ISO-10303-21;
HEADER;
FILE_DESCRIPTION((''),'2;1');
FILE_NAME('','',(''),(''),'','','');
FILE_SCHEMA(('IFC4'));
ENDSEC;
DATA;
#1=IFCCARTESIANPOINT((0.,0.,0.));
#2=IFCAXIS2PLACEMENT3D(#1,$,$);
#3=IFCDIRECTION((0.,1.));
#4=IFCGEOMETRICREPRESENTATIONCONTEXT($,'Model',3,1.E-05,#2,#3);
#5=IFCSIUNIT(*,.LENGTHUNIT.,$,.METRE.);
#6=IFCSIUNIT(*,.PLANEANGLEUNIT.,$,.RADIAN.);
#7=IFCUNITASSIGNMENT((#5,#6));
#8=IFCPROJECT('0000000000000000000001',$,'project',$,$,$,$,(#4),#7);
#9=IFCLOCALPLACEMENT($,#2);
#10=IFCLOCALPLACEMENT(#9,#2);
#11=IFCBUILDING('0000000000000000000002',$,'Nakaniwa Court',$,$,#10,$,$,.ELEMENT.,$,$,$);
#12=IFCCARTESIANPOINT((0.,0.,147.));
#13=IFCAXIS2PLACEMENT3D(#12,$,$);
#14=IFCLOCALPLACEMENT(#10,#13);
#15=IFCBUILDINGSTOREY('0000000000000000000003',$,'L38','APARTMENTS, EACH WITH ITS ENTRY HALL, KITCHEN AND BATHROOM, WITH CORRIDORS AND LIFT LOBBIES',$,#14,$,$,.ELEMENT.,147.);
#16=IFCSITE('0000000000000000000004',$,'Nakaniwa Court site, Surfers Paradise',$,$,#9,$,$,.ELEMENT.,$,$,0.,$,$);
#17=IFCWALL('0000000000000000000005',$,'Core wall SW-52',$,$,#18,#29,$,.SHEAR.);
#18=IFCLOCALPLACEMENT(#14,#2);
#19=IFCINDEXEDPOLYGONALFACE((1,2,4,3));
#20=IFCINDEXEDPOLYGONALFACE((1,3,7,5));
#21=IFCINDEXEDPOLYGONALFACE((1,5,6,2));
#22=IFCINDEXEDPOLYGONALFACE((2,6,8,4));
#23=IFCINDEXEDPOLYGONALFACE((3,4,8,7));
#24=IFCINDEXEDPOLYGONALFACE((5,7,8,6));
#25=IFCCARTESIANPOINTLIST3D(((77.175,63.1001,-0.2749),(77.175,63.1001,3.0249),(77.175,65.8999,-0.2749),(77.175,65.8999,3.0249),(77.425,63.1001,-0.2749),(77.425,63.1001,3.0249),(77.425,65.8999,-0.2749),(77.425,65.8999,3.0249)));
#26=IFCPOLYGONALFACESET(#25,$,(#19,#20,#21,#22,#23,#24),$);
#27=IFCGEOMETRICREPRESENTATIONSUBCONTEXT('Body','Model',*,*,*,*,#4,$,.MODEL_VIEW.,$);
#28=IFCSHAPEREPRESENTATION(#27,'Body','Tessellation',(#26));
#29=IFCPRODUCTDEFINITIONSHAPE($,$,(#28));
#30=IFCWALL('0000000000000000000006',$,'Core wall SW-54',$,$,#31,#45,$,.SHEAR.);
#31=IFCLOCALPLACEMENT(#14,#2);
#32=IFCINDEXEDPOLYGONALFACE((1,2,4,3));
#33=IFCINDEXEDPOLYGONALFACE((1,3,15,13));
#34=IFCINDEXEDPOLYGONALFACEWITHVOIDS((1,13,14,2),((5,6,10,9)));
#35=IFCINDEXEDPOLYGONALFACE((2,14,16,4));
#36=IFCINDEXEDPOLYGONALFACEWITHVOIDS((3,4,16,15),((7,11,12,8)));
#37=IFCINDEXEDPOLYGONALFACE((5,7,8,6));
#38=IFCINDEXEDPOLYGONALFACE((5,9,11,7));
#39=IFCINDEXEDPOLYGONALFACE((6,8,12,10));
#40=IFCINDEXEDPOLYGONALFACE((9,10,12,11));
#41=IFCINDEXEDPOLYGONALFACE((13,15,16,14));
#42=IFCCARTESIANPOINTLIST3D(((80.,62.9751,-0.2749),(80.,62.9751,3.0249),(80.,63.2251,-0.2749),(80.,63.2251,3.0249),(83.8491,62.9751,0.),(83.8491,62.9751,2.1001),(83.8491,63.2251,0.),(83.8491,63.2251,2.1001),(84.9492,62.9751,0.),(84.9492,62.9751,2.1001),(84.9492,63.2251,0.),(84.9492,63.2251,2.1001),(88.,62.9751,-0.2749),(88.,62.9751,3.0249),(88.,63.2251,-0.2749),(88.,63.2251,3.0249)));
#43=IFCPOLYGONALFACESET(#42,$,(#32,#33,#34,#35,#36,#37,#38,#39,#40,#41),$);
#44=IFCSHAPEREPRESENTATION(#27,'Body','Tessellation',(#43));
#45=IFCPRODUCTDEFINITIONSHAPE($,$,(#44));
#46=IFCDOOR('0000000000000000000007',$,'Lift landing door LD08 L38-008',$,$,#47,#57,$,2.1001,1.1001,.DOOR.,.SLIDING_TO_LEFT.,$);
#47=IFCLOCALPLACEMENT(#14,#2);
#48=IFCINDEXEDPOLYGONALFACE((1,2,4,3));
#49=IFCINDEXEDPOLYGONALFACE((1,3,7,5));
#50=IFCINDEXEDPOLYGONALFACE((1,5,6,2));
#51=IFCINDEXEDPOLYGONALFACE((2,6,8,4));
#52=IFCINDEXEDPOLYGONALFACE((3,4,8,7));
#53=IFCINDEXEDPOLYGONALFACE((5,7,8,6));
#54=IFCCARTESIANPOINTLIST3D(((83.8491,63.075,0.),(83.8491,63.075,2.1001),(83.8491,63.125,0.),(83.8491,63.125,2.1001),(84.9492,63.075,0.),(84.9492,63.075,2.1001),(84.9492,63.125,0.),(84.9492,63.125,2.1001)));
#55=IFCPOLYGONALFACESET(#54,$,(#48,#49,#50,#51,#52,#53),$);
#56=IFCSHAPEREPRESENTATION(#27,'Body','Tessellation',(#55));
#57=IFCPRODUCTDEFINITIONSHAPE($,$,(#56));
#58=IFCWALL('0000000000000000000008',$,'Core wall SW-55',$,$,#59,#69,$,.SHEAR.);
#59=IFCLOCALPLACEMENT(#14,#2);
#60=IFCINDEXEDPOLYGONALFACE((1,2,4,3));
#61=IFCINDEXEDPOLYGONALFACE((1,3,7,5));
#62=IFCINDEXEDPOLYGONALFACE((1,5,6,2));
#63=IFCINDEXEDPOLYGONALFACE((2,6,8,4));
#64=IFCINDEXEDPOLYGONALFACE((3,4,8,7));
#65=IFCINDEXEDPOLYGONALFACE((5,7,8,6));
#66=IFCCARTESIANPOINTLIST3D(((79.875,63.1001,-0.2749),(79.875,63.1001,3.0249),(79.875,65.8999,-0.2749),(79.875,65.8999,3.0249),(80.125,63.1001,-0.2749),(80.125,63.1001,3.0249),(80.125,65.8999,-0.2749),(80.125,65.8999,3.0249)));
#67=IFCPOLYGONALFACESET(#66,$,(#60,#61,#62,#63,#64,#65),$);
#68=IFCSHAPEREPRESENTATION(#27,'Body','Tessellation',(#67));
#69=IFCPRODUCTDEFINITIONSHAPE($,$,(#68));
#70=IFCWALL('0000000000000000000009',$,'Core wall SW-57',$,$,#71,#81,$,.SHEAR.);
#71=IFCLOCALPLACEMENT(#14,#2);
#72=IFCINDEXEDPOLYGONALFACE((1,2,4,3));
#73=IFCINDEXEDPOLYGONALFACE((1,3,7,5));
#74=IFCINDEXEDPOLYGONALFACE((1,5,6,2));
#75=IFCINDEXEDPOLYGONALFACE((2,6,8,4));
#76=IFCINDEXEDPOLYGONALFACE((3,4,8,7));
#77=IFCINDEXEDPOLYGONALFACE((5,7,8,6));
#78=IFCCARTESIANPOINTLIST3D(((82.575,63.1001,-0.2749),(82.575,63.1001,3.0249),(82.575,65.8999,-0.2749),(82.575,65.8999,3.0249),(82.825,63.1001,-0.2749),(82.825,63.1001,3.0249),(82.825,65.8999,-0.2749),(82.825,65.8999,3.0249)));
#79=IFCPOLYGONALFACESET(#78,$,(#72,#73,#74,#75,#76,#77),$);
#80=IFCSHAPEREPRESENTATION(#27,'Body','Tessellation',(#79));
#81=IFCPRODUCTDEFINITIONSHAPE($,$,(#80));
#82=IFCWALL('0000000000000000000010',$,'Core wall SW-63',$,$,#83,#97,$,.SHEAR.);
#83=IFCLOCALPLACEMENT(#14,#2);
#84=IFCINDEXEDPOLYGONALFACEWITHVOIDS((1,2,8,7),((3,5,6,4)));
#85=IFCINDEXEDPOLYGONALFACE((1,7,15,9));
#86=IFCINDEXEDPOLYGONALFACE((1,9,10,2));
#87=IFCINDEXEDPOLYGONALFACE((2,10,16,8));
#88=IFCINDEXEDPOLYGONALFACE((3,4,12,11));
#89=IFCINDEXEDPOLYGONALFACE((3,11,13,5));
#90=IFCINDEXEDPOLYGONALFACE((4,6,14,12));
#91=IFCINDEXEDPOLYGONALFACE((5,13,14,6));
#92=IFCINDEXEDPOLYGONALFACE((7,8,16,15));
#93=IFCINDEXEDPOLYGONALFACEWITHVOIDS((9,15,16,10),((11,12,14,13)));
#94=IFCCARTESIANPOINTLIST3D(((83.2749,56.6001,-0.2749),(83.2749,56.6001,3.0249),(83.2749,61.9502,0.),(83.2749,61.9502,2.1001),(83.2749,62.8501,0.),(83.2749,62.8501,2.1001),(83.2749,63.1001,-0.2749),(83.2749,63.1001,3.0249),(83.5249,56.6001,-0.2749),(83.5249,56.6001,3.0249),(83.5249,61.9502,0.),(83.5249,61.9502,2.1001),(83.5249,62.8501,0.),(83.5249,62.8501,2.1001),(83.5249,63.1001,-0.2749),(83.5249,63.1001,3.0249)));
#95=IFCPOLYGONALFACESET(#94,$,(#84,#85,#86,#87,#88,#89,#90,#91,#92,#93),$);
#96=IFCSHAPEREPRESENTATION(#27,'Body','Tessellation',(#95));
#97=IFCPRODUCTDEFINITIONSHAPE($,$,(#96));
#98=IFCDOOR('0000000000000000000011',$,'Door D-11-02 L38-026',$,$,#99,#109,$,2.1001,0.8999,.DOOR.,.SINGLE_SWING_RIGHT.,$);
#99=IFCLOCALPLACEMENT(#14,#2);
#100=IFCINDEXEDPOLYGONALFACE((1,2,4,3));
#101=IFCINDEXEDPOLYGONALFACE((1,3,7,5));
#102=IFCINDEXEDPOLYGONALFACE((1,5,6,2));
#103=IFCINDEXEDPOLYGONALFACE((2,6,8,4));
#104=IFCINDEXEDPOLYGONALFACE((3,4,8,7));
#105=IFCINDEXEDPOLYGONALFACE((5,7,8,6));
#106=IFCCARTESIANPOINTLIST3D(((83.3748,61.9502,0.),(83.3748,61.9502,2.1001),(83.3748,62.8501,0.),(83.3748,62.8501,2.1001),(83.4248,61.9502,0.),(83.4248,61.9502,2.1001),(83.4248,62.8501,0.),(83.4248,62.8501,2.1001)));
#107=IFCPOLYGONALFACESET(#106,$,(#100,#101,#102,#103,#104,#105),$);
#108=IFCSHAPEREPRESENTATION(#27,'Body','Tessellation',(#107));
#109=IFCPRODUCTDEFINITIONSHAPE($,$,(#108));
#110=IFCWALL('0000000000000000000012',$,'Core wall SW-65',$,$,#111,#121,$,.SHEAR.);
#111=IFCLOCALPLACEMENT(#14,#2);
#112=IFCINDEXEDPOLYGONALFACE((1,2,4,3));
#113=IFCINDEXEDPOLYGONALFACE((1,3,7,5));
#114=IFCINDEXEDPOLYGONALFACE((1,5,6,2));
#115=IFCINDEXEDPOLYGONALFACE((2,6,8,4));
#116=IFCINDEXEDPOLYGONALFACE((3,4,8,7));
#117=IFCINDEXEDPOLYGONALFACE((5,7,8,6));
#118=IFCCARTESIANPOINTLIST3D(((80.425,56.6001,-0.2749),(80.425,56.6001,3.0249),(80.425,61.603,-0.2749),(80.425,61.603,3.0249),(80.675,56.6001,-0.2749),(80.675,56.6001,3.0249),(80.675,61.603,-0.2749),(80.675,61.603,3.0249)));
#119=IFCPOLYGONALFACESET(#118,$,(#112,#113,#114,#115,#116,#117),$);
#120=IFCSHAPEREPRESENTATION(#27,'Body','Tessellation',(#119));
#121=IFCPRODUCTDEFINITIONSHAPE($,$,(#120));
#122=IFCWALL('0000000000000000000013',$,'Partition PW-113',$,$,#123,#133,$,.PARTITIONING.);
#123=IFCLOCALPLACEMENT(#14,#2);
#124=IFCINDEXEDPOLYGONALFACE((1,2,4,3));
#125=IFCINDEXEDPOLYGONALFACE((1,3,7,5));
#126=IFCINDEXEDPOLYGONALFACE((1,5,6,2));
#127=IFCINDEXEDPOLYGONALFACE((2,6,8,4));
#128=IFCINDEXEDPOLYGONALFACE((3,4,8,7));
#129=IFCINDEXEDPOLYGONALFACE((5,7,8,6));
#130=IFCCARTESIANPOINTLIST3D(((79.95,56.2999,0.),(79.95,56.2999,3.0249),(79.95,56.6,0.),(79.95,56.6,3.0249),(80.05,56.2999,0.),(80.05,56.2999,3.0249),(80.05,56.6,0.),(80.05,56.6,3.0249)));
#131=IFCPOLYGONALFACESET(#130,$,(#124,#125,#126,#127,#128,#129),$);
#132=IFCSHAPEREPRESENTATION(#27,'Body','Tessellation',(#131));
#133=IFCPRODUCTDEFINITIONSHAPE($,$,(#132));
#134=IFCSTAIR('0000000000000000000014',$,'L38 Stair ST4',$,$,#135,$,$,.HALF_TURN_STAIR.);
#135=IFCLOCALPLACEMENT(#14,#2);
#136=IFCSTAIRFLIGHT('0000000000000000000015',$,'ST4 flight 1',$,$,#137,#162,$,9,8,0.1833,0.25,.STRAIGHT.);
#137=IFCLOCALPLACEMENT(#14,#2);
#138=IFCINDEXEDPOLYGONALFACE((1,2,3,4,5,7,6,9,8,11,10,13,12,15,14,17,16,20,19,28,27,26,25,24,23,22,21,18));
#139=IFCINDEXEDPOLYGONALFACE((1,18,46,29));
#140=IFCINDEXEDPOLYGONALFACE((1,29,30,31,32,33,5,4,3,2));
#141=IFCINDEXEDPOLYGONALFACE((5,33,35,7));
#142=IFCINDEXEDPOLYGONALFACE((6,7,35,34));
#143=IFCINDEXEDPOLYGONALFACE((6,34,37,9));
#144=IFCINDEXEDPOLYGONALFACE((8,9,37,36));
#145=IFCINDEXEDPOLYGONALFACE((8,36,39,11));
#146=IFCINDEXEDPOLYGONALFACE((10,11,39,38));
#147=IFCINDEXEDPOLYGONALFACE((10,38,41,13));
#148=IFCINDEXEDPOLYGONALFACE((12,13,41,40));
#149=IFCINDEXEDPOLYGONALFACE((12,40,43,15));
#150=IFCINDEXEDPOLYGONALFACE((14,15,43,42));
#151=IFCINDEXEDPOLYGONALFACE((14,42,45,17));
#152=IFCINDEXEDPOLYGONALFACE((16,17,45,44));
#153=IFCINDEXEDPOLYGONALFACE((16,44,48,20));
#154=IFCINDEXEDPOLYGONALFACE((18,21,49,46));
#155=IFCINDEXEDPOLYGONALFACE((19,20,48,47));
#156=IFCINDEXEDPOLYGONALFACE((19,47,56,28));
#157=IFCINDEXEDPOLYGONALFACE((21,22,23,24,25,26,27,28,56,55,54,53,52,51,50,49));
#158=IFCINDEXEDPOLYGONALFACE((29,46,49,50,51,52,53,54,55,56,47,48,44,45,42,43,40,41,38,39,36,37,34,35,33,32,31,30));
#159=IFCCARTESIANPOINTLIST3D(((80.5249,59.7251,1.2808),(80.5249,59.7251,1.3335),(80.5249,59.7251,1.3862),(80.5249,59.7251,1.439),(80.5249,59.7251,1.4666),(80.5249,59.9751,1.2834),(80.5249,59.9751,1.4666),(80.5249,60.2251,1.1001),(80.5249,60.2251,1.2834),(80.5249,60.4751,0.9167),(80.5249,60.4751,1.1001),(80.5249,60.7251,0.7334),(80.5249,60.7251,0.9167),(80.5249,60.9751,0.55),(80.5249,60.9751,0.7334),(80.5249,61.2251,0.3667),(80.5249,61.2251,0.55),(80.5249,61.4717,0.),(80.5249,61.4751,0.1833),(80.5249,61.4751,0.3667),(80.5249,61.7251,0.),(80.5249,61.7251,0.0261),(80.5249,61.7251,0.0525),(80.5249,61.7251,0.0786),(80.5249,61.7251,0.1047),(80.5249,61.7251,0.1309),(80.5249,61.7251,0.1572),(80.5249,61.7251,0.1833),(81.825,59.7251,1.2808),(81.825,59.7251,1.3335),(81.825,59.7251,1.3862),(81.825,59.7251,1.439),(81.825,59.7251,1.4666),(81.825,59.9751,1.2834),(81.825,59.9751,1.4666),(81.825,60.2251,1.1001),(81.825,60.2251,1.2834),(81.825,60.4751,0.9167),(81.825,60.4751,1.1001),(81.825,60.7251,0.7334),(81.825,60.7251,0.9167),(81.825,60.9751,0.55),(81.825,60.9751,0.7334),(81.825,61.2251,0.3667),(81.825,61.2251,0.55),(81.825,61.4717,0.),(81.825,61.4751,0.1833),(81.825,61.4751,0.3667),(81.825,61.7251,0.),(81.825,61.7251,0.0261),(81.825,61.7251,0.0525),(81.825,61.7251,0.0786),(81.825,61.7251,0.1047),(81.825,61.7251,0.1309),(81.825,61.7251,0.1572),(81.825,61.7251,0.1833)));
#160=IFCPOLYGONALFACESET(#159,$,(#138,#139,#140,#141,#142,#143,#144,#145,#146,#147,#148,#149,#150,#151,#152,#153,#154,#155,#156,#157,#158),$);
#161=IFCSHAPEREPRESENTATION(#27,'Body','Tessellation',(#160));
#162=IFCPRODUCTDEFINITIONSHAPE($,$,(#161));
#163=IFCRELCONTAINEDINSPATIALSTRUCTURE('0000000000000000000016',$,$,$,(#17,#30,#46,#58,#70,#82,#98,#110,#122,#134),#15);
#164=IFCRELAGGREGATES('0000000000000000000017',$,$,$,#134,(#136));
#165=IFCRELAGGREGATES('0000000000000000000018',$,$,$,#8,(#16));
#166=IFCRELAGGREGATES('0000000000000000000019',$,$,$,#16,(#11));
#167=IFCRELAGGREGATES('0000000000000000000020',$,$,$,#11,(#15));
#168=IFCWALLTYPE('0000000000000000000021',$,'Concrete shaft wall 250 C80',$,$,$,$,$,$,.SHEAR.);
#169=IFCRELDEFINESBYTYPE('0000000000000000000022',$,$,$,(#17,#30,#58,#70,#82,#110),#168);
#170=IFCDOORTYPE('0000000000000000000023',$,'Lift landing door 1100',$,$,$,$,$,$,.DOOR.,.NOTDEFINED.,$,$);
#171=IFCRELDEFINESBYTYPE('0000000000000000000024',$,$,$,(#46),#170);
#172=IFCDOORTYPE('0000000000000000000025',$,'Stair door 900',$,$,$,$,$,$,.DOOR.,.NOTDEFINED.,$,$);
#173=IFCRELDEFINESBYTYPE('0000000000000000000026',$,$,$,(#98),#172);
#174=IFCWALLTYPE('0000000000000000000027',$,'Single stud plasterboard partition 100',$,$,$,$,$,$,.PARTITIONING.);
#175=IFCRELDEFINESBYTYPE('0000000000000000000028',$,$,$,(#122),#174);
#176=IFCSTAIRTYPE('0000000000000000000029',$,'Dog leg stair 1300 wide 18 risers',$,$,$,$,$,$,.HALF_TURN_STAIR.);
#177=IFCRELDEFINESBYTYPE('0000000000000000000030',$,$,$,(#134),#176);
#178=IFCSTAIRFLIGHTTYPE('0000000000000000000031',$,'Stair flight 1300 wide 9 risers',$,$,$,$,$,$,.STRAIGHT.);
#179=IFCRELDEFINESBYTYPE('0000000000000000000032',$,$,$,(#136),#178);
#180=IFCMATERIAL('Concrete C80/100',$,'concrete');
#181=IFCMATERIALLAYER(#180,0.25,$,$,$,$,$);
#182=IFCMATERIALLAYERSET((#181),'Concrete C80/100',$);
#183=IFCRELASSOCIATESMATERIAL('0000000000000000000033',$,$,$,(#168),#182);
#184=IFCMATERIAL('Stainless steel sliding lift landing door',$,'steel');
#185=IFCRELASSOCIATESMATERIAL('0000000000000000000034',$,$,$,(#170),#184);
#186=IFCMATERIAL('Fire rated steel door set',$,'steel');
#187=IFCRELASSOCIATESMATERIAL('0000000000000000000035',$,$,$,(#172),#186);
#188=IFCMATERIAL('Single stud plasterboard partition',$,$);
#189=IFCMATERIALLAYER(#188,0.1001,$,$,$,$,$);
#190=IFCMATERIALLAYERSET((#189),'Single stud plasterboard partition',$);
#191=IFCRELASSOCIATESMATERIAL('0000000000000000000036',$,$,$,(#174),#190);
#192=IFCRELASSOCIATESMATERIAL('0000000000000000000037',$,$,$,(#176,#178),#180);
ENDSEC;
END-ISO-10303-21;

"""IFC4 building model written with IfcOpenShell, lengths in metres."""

from ifc_helpers import new_model, si_unit, direction, frame, frame_2d, origin, place, context, subcontext, project, spatial, polyline, rectangle, outline, extrude, material, layer, layer_set, type_object, element, fill, aggregate, save


model = new_model("IFC4")

# Units and contexts
model_context = context("Model", 3, precision=1e-05, world=origin(), true_north=direction((0.0, 1.0)))
body_context = subcontext(model_context, "Body", "Model", "MODEL_VIEW")
ifc_project = project(units=[si_unit("LENGTHUNIT", "METRE"), si_unit("PLANEANGLEUNIT", "RADIAN")], contexts=[model_context])

# Site, building, storey
site_placement = place(None, origin())
site = spatial("IfcSite", under=ifc_project, at=site_placement, Name="Nakaniwa Court site, Surfers Paradise", CompositionType="ELEMENT", RefElevation=0.0)
building_placement = place(site_placement, origin())
building = spatial("IfcBuilding", under=site, at=building_placement, Name="Nakaniwa Court", CompositionType="ELEMENT")
storey_placement = place(building_placement, frame((0.0, 0.0, 147.0)))
storey = spatial("IfcBuildingStorey", under=building, at=storey_placement, Name="L38", Description="APARTMENTS, EACH WITH ITS ENTRY HALL, KITCHEN AND BATHROOM, WITH CORRIDORS AND LIFT LOBBIES", CompositionType="ELEMENT", Elevation=147.0)

# Shared definitions
ifc_material_1 = material(Name="Fire rated steel door set", Category="steel")

# Wall
ifc_material_2 = material(Name="Concrete C80/100", Category="concrete")
ifc_layer_1 = layer(ifc_material_2, 0.25)
ifc_layer_set_1 = layer_set([ifc_layer_1], Name="Concrete C80/100")
wall_type_1 = type_object("IfcWallType", Name="Concrete shaft wall 250 C80", PredefinedType="SHEAR", material=ifc_layer_set_1)
wall_1_placement = place(storey_placement, frame((77.3, 63.1001, -0.2749), z_axis=(0.0, 0.0, 1.0), x_axis=(0.0, 1.0, 0.0)))
element("IfcWall", 1, at=wall_1_placement, inside=storey, type_object=wall_type_1, Name="Core wall SW-52", PredefinedType="SHEAR", context=body_context, shape_type="SweptSolid", body=[
    extrude(rectangle(XDim=2.7998, YDim=0.25, at=frame_2d((1.3999, 0.0))), origin(), (0.0, 0.0, 1.0), 3.2998),
])

# Wall, opening, door
wall_2_placement = place(storey_placement, frame((80.0, 63.1001, -0.2749), z_axis=(0.0, 0.0, 1.0), x_axis=(1.0, 0.0, 0.0)))
wall_2 = element("IfcWall", 2, at=wall_2_placement, inside=storey, type_object=wall_type_1, Name="Core wall SW-54", PredefinedType="SHEAR", context=body_context, shape_type="SweptSolid", body=[
    extrude(rectangle(XDim=8.0, YDim=0.25, at=frame_2d((4.0, 0.0))), origin(), (0.0, 0.0, 1.0), 3.2998),
])
opening_1_placement = place(wall_2_placement, frame((3.8491, 0.0, 0.2749)))
opening_1 = element("IfcOpeningElement", 3, at=opening_1_placement, cuts=wall_2, PredefinedType="OPENING", context=body_context, shape_type="SweptSolid", body=[
    extrude(rectangle(XDim=1.1001, YDim=2.1001, at=frame_2d((0.55, 1.05))), frame((0.0, 0.135, 0.0), z_axis=(0.0, -1.0, 0.0), x_axis=(1.0, 0.0, 0.0)), (0.0, 0.0, 1.0), 0.27),
])
ifc_material_3 = material(Name="Stainless steel sliding lift landing door", Category="steel")
door_type_1 = type_object("IfcDoorType", Name="Lift landing door 1100", OperationType="NOTDEFINED", PredefinedType="DOOR", material=ifc_material_3)
door_1_placement = place(opening_1_placement, origin())
door_1 = element("IfcDoor", 4, at=door_1_placement, inside=storey, type_object=door_type_1, Name="Lift landing door LD08 L38-008", OperationType="SLIDING_TO_LEFT", OverallHeight=2.1001, OverallWidth=1.1001, PredefinedType="DOOR", context=body_context, shape_type="SweptSolid", body=[
    extrude(rectangle(XDim=1.1001, YDim=2.1001, at=frame_2d((0.55, 1.05))), frame((0.0, 0.0249, 0.0), z_axis=(0.0, -1.0, 0.0), x_axis=(1.0, 0.0, 0.0)), (0.0, 0.0, 1.0), 0.05),
])
fill(opening_1, door_1)

# Walls
for number, where, z_axis, x_axis, name in (
    (5, (80.0, 63.1001, -0.2749), (0.0, 0.0, 1.0), (0.0, 1.0, 0.0), "Core wall SW-55"),
    (6, (82.7, 63.1001, -0.2749), (0.0, 0.0, 1.0), (0.0, 1.0, 0.0), "Core wall SW-57"),
):
    element("IfcWall", number, at=place(storey_placement, frame(where, z_axis=z_axis, x_axis=x_axis)), inside=storey, type_object=wall_type_1, Name=name, PredefinedType="SHEAR", context=body_context, shape_type="SweptSolid", body=[
        extrude(rectangle(XDim=2.7998, YDim=0.25, at=frame_2d((1.3999, 0.0))), origin(), (0.0, 0.0, 1.0), 3.2998),
    ])

# Wall, opening, door
wall_3_placement = place(storey_placement, frame((83.3999, 63.1001, -0.2749), z_axis=(0.0, 0.0, 1.0), x_axis=(0.0, -1.0, 0.0)))
wall_3 = element("IfcWall", 7, at=wall_3_placement, inside=storey, type_object=wall_type_1, Name="Core wall SW-63", PredefinedType="SHEAR", context=body_context, shape_type="SweptSolid", body=[
    extrude(rectangle(XDim=6.5, YDim=0.25, at=frame_2d((3.25, 0.0))), origin(), (0.0, 0.0, 1.0), 3.2998),
])
opening_2_placement = place(wall_3_placement, frame((0.25, 0.0, 0.2749)))
opening_2 = element("IfcOpeningElement", 8, at=opening_2_placement, cuts=wall_3, PredefinedType="OPENING", context=body_context, shape_type="SweptSolid", body=[
    extrude(rectangle(XDim=0.8999, YDim=2.1001, at=frame_2d((0.45, 1.05))), frame((0.0, 0.135, 0.0), z_axis=(0.0, -1.0, 0.0), x_axis=(1.0, 0.0, 0.0)), (0.0, 0.0, 1.0), 0.27),
])
door_type_2 = type_object("IfcDoorType", Name="Stair door 900", OperationType="NOTDEFINED", PredefinedType="DOOR", material=ifc_material_1)
door_2_placement = place(opening_2_placement, origin())
door_2 = element("IfcDoor", 9, at=door_2_placement, inside=storey, type_object=door_type_2, Name="Door D-11-02 L38-026", OperationType="SINGLE_SWING_RIGHT", OverallHeight=2.1001, OverallWidth=0.8999, PredefinedType="DOOR", context=body_context, shape_type="SweptSolid", body=[
    extrude(rectangle(XDim=0.8999, YDim=2.1001, at=frame_2d((0.45, 1.05))), frame((0.0, 0.0249, 0.0), z_axis=(0.0, -1.0, 0.0), x_axis=(1.0, 0.0, 0.0)), (0.0, 0.0, 1.0), 0.05),
])
fill(opening_2, door_2)

# Walls
wall_4_placement = place(storey_placement, frame((80.55, 56.6001, -0.2749), z_axis=(0.0, 0.0, 1.0), x_axis=(0.0, 1.0, 0.0)))
element("IfcWall", 10, at=wall_4_placement, inside=storey, type_object=wall_type_1, Name="Core wall SW-65", PredefinedType="SHEAR", context=body_context, shape_type="SweptSolid", body=[
    extrude(rectangle(XDim=5.0029, YDim=0.25, at=frame_2d((2.5015, 0.0))), origin(), (0.0, 0.0, 1.0), 3.2998),
])
ifc_material_4 = material(Name="Single stud plasterboard partition")
ifc_layer_2 = layer(ifc_material_4, 0.1001)
ifc_layer_set_2 = layer_set([ifc_layer_2], Name="Single stud plasterboard partition")
wall_type_2 = type_object("IfcWallType", Name="Single stud plasterboard partition 100", PredefinedType="PARTITIONING", material=ifc_layer_set_2)
wall_5_placement = place(storey_placement, frame((80.0, 56.3, 0.0), z_axis=(0.0, 0.0, 1.0), x_axis=(0.0, 1.0, 0.0)))
element("IfcWall", 11, at=wall_5_placement, inside=storey, type_object=wall_type_2, Name="Partition PW-113", PredefinedType="PARTITIONING", context=body_context, shape_type="SweptSolid", body=[
    extrude(rectangle(XDim=0.3, YDim=0.1001, at=frame_2d((0.1499, 0.0))), origin(), (0.0, 0.0, 1.0), 3.0249),
])

# Stair, stair flight
stair_type = type_object("IfcStairType", Name="Dog leg stair 1300 wide 18 risers", PredefinedType="HALF_TURN_STAIR", material=ifc_material_2)
stair_placement = place(storey_placement, origin())
stair = element("IfcStair", 12, at=stair_placement, inside=storey, type_object=stair_type, Name="L38 Stair ST4", PredefinedType="HALF_TURN_STAIR")
stair_flight_type = type_object("IfcStairFlightType", Name="Stair flight 1300 wide 9 risers", PredefinedType="STRAIGHT", material=ifc_material_2)
stair_flight_1_placement = place(storey_placement, frame((81.175, 61.7251, 0.0), z_axis=(0.0, 0.0, 1.0), x_axis=(0.0, -1.0, 0.0)))
stair_flight_1 = element("IfcStairFlight", 13, at=stair_flight_1_placement, type_object=stair_flight_type, Name="ST4 flight 1", NumberOfRisers=9, NumberOfTreads=8, PredefinedType="STRAIGHT", RiserHeight=0.1833, TreadLength=0.25, context=body_context, shape_type="SweptSolid", body=[
    extrude(outline(polyline([(0.0, 0.0), (0.0, 0.0261), (0.0, 0.0525), (0.0, 0.0786), (0.0, 0.1047), (0.0, 0.1309), (0.0, 0.1572), (0.0, 0.1833), (0.25, 0.1833), (0.25, 0.3667), (0.5, 0.3667), (0.5, 0.55), (0.75, 0.55), (0.75, 0.7334), (1.0, 0.7334), (1.0, 0.9167), (1.25, 0.9167), (1.25, 1.1001), (1.5, 1.1001), (1.5, 1.2834), (1.75, 1.2834), (1.75, 1.4666), (2.0, 1.4666), (2.0, 1.6499), (2.0, 1.5972), (2.0, 1.5444), (2.0, 1.4917), (2.0, 1.439), (2.0, 1.3862), (2.0, 1.3335), (2.0, 1.2808), (0.2534, 0.0), (0.0, 0.0)])), frame((0.0, 0.6499, 0.0), z_axis=(0.0, -1.0, 0.0), x_axis=(1.0, 0.0, 0.0)), (0.0, 0.0, 1.0), 1.3),
])
aggregate(stair, [stair_flight_1])

save(model, "model.ifc")
